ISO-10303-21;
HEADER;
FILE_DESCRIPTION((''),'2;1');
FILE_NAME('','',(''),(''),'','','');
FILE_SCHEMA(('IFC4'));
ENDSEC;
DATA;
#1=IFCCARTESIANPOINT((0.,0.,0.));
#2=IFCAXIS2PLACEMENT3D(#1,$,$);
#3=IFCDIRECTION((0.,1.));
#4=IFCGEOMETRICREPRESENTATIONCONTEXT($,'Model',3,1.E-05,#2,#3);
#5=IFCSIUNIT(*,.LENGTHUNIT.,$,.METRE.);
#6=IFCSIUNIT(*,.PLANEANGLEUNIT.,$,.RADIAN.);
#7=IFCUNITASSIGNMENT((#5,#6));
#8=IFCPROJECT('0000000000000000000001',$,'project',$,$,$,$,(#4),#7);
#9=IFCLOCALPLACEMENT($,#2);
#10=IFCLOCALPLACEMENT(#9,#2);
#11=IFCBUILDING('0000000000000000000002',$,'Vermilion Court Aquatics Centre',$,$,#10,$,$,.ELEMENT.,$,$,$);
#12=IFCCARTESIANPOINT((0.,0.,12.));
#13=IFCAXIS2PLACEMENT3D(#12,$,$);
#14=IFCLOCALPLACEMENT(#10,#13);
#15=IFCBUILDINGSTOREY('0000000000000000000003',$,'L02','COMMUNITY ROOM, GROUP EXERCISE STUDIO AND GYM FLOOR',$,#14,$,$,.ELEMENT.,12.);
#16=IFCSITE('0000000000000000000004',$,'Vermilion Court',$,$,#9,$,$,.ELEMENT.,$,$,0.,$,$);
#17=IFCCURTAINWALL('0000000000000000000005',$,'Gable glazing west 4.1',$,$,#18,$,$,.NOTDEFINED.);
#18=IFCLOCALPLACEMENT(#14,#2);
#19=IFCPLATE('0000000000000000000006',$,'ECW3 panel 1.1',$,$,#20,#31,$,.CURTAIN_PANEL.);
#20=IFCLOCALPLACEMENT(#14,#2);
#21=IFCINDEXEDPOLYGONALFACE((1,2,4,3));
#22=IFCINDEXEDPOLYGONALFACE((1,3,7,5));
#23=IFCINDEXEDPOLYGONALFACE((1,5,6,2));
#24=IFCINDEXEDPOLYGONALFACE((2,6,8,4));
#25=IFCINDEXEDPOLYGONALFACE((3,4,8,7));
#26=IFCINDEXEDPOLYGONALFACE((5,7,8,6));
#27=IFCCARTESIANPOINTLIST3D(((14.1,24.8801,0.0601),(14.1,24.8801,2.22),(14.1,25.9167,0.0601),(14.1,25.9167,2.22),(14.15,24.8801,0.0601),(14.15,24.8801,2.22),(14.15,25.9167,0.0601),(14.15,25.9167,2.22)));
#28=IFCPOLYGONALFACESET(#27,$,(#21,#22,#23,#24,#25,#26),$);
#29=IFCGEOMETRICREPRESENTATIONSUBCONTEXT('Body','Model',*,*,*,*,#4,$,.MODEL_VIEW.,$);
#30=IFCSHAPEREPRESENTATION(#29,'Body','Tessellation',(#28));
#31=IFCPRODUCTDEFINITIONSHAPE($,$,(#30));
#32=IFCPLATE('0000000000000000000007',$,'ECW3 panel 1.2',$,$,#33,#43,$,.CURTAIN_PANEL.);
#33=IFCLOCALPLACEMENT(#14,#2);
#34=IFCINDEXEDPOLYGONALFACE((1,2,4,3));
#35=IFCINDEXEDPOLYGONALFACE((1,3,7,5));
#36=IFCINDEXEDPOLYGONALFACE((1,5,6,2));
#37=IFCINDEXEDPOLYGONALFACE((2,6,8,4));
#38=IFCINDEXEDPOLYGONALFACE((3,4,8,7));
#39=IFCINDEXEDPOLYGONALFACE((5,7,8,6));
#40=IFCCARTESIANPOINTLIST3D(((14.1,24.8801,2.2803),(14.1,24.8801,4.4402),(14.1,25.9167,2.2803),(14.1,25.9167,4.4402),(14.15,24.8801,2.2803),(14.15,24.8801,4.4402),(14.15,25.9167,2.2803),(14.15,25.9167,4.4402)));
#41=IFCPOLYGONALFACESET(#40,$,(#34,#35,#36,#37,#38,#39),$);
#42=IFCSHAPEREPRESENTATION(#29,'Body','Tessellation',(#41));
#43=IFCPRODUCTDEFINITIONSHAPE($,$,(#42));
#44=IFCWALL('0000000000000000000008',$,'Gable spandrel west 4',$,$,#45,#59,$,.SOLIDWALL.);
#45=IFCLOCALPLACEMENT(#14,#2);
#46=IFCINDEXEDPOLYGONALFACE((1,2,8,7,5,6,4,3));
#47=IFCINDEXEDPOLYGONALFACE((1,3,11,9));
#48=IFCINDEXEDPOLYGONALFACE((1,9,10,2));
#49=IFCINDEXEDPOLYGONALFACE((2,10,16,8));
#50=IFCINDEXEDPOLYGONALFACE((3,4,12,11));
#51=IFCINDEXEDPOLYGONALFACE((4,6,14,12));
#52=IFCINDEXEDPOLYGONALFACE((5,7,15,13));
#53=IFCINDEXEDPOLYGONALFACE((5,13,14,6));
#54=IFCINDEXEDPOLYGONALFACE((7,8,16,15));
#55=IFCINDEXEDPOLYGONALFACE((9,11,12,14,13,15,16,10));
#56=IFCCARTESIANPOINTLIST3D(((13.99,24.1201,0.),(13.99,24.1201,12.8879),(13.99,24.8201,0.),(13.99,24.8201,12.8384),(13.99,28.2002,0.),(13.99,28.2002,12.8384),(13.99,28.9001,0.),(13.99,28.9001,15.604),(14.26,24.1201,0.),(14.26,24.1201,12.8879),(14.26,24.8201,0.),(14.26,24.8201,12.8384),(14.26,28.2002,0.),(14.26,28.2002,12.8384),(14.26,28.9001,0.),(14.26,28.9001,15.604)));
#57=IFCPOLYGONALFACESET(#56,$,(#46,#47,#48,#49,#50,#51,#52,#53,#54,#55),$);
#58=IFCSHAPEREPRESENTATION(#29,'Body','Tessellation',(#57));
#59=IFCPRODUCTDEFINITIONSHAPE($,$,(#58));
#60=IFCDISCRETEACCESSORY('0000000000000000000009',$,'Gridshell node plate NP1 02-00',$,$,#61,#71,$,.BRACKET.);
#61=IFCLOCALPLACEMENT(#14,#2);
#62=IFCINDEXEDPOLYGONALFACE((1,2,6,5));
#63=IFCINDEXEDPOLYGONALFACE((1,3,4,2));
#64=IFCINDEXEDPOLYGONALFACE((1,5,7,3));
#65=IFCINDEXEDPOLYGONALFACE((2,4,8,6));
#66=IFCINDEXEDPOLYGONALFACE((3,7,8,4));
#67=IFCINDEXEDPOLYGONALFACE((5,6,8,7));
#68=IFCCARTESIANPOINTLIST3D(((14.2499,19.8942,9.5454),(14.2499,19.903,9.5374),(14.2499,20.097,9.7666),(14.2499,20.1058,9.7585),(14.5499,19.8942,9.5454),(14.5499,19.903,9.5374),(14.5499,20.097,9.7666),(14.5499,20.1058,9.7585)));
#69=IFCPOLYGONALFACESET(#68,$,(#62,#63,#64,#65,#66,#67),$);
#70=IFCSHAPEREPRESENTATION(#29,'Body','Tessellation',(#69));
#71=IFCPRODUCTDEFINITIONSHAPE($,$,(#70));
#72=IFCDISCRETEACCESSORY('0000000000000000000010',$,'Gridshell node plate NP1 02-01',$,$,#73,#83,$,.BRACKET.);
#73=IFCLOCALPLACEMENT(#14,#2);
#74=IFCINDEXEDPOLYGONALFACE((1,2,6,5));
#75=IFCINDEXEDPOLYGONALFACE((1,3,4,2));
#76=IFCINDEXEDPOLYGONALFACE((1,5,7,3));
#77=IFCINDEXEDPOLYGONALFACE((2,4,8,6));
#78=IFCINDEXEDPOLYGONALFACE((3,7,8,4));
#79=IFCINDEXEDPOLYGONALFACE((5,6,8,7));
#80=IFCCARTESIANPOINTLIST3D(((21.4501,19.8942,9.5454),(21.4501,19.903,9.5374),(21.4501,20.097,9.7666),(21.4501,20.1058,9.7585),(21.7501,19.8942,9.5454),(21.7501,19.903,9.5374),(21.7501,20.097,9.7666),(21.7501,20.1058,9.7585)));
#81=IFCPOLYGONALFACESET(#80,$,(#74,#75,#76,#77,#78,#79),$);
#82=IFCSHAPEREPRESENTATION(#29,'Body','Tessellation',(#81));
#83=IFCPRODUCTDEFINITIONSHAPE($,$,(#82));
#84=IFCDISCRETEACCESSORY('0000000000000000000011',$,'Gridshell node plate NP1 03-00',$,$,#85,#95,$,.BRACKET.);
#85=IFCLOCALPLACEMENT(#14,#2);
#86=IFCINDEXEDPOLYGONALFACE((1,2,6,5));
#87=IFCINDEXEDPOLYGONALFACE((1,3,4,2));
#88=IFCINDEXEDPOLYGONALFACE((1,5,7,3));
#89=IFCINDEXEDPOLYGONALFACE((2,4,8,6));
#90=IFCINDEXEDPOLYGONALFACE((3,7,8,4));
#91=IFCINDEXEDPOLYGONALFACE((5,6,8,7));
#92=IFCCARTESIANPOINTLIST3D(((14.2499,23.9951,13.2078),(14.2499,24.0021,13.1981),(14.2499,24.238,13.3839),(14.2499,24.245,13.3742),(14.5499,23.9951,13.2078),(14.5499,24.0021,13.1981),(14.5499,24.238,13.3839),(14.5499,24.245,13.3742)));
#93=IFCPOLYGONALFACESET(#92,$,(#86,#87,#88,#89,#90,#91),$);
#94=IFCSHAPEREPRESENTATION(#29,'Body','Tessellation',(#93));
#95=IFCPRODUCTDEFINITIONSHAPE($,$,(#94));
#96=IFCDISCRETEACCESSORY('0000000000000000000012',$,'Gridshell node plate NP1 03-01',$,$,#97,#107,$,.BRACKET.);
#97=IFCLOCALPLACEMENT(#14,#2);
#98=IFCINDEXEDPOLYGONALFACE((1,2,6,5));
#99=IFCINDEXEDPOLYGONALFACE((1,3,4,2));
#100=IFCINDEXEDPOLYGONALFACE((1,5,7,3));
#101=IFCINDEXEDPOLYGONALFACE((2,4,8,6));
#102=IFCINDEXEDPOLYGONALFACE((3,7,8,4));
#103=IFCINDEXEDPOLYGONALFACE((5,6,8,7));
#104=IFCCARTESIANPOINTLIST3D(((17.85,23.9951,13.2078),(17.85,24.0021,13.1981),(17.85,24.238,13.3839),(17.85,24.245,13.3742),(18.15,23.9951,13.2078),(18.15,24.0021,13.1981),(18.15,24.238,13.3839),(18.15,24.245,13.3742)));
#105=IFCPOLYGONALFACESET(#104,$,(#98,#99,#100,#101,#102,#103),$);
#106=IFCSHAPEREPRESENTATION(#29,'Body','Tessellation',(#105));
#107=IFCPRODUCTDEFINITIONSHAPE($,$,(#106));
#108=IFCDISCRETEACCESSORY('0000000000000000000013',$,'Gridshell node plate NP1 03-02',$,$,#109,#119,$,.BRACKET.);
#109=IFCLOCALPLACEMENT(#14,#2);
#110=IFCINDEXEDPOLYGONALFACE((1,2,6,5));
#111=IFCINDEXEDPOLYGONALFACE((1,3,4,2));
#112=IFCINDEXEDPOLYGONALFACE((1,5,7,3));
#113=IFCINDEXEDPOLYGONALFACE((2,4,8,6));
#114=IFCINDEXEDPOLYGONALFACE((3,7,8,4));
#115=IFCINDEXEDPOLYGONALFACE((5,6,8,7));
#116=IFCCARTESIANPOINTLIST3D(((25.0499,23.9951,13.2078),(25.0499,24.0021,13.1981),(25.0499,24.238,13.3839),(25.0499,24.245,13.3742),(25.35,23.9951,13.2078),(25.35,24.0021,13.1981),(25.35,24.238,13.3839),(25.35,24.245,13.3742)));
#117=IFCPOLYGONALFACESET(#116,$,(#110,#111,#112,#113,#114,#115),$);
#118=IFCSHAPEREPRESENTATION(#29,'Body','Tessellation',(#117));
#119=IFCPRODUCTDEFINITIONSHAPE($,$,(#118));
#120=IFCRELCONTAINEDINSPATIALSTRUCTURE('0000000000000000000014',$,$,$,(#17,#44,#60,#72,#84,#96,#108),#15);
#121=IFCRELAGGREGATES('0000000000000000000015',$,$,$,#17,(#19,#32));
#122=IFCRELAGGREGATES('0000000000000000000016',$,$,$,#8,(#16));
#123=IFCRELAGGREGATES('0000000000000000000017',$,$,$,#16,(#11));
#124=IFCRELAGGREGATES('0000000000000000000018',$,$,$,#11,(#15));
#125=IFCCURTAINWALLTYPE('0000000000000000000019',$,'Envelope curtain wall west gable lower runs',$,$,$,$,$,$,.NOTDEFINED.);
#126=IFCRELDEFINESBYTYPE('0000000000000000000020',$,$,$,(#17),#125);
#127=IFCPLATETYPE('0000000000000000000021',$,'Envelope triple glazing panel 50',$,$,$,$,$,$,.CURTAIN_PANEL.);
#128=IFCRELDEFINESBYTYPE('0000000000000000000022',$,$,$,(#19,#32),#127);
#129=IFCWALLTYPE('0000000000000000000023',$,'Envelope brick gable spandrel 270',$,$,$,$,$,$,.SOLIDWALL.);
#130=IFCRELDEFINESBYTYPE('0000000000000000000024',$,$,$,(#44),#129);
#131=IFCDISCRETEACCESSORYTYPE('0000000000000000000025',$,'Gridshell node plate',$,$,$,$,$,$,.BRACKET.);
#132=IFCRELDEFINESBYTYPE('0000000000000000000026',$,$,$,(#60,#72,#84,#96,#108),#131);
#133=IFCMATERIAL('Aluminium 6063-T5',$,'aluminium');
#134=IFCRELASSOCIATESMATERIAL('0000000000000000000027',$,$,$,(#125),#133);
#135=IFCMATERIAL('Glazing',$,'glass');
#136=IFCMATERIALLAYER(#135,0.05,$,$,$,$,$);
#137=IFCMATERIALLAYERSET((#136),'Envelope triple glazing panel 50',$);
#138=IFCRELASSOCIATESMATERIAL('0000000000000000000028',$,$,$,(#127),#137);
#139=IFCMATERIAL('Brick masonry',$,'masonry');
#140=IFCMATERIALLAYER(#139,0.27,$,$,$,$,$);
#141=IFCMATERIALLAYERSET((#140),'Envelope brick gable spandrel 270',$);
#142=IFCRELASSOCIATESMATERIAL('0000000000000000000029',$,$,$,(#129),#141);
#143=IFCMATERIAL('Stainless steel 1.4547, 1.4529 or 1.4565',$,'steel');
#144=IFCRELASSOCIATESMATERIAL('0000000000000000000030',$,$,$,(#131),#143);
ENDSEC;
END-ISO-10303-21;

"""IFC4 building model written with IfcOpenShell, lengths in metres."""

from ifc_helpers import new_model, si_unit, direction, frame, origin, origin_2d, place, context, subcontext, project, spatial, polyline, rectangle, outline, extrude, material, layer, layer_set, material_profile, profile_set, type_object, element, aggregate, save


model = new_model("IFC4")

# Units and contexts
model_context = context("Model", 3, precision=1e-05, world=origin(), true_north=direction((0.0, 1.0)))
body_context = subcontext(model_context, "Body", "Model", "MODEL_VIEW")
ifc_project = project(units=[si_unit("LENGTHUNIT", "METRE"), si_unit("PLANEANGLEUNIT", "RADIAN")], contexts=[model_context])

# Site, building, storey
site_placement = place(None, origin())
site = spatial("IfcSite", under=ifc_project, at=site_placement, Name="Vermilion Court", CompositionType="ELEMENT", RefElevation=0.0)
building_placement = place(site_placement, origin())
building = spatial("IfcBuilding", under=site, at=building_placement, Name="Vermilion Court Aquatics Centre", CompositionType="ELEMENT")
storey_placement = place(building_placement, frame((0.0, 0.0, 12.0)))
storey = spatial("IfcBuildingStorey", under=building, at=storey_placement, Name="L02", Description="COMMUNITY ROOM, GROUP EXERCISE STUDIO AND GYM FLOOR", CompositionType="ELEMENT", Elevation=12.0)

# Shared definitions
ifc_material_1 = material(Name="Aluminium 6063-T5", Category="aluminium")
curtain_wall_type = type_object("IfcCurtainWallType", Name="Envelope curtain wall west gable lower runs", PredefinedType="NOTDEFINED", material=ifc_material_1)

# Curtain wall
curtain_wall_1_placement = place(storey_placement, origin())
curtain_wall_1 = element("IfcCurtainWall", 1, at=curtain_wall_1_placement, inside=storey, type_object=curtain_wall_type, Name="Gable glazing west 4.1", PredefinedType="NOTDEFINED")

# Plates
ifc_material_2 = material(Name="Glazing", Category="glass")
ifc_layer_1 = layer(ifc_material_2, 0.05)
ifc_layer_set_1 = layer_set([ifc_layer_1], Name="Envelope triple glazing panel 50")
plate_type = type_object("IfcPlateType", Name="Envelope triple glazing panel 50", PredefinedType="CURTAIN_PANEL", material=ifc_layer_set_1)
plate_1_placement = place(storey_placement, frame((14.125, 25.3984, 0.0601), z_axis=(0.0, 0.0, 1.0), x_axis=(0.0, 1.0, 0.0)))
plate_1 = element("IfcPlate", 2, at=plate_1_placement, type_object=plate_type, Name="ECW3 panel 1.1", PredefinedType="CURTAIN_PANEL", context=body_context, shape_type="SweptSolid", body=[
    extrude(rectangle(XDim=1.0366, YDim=0.05, at=origin_2d()), origin(), (0.0, 0.0, 1.0), 2.1599),
])
plate_2_placement = place(storey_placement, frame((14.125, 25.3984, 2.2803), z_axis=(0.0, 0.0, 1.0), x_axis=(0.0, 1.0, 0.0)))
plate_2 = element("IfcPlate", 3, at=plate_2_placement, type_object=plate_type, Name="ECW3 panel 1.2", PredefinedType="CURTAIN_PANEL", context=body_context, shape_type="SweptSolid", body=[
    extrude(rectangle(XDim=1.0366, YDim=0.05, at=origin_2d()), origin(), (0.0, 0.0, 1.0), 2.1599),
])
aggregate(curtain_wall_1, [plate_1, plate_2])

# Wall
ifc_material_3 = material(Name="Brick masonry", Category="masonry")
ifc_layer_2 = layer(ifc_material_3, 0.27)
ifc_layer_set_2 = layer_set([ifc_layer_2], Name="Envelope brick gable spandrel 270")
wall_type = type_object("IfcWallType", Name="Envelope brick gable spandrel 270", PredefinedType="SOLIDWALL", material=ifc_layer_set_2)
wall_placement = place(storey_placement, frame((14.125, 24.1201, 0.0), z_axis=(0.0, 0.0, 1.0), x_axis=(0.0, 1.0, 0.0)))
element("IfcWall", 4, at=wall_placement, inside=storey, type_object=wall_type, Name="Gable spandrel west 4", PredefinedType="SOLIDWALL", context=body_context, shape_type="SweptSolid", body=[
    extrude(outline(polyline([(0.0, 0.0), (0.7, 0.0), (0.7, 12.8384), (4.0801, 12.8384), (4.0801, 0.0), (4.78, 0.0), (4.78, 15.604), (0.0, 12.8879), (0.0, 0.0)])), frame((0.0, 0.135, 0.0), z_axis=(0.0, -1.0, 0.0), x_axis=(1.0, 0.0, 0.0)), (0.0, 0.0, 1.0), 0.27),
])

# Discrete accessories
ifc_material_4 = material(Name="Stainless steel 1.4547, 1.4529 or 1.4565", Category="steel")
ifc_material_profile_1 = material_profile(ifc_material_4, rectangle(XDim=0.3, YDim=0.3, at=origin_2d()), Name="PL 12 x 300 x 300")
ifc_profile_set_1 = profile_set([ifc_material_profile_1], Name="Stainless steel 1.4547, 1.4529 or 1.4565")
discrete_accessory_type = type_object("IfcDiscreteAccessoryType", Name="Gridshell node plate", PredefinedType="BRACKET", material=ifc_profile_set_1)
for number, where, z_axis, x_axis, name in (
    (5, (14.3999, 20.0044, 9.6479), (0.0, -0.737154, 0.675725), (1.0, 0.0, 0.0), "Gridshell node plate NP1 02-00"),
    (6, (21.6001, 20.0044, 9.6479), (0.0, -0.737154, 0.675725), (1.0, 0.0, 0.0), "Gridshell node plate NP1 02-01"),
    (7, (14.3999, 24.1235, 13.2861), (0.0, -0.586968, 0.80961), (1.0, 0.0, 0.0), "Gridshell node plate NP1 03-00"),
    (8, (18.0, 24.1235, 13.2861), (0.0, -0.586968, 0.80961), (1.0, 0.0, 0.0), "Gridshell node plate NP1 03-01"),
    (9, (25.2, 24.1235, 13.2861), (0.0, -0.586968, 0.80961), (1.0, 0.0, 0.0), "Gridshell node plate NP1 03-02"),
):
    element("IfcDiscreteAccessory", number, at=place(storey_placement, frame(where, z_axis=z_axis, x_axis=x_axis)), inside=storey, type_object=discrete_accessory_type, Name=name, PredefinedType="BRACKET", context=body_context, shape_type="SweptSolid", body=[
        extrude(rectangle(XDim=0.3, YDim=0.3, at=origin_2d()), origin(), (0.0, 0.0, 1.0), 0.012),
    ])

save(model, "model.ifc")
